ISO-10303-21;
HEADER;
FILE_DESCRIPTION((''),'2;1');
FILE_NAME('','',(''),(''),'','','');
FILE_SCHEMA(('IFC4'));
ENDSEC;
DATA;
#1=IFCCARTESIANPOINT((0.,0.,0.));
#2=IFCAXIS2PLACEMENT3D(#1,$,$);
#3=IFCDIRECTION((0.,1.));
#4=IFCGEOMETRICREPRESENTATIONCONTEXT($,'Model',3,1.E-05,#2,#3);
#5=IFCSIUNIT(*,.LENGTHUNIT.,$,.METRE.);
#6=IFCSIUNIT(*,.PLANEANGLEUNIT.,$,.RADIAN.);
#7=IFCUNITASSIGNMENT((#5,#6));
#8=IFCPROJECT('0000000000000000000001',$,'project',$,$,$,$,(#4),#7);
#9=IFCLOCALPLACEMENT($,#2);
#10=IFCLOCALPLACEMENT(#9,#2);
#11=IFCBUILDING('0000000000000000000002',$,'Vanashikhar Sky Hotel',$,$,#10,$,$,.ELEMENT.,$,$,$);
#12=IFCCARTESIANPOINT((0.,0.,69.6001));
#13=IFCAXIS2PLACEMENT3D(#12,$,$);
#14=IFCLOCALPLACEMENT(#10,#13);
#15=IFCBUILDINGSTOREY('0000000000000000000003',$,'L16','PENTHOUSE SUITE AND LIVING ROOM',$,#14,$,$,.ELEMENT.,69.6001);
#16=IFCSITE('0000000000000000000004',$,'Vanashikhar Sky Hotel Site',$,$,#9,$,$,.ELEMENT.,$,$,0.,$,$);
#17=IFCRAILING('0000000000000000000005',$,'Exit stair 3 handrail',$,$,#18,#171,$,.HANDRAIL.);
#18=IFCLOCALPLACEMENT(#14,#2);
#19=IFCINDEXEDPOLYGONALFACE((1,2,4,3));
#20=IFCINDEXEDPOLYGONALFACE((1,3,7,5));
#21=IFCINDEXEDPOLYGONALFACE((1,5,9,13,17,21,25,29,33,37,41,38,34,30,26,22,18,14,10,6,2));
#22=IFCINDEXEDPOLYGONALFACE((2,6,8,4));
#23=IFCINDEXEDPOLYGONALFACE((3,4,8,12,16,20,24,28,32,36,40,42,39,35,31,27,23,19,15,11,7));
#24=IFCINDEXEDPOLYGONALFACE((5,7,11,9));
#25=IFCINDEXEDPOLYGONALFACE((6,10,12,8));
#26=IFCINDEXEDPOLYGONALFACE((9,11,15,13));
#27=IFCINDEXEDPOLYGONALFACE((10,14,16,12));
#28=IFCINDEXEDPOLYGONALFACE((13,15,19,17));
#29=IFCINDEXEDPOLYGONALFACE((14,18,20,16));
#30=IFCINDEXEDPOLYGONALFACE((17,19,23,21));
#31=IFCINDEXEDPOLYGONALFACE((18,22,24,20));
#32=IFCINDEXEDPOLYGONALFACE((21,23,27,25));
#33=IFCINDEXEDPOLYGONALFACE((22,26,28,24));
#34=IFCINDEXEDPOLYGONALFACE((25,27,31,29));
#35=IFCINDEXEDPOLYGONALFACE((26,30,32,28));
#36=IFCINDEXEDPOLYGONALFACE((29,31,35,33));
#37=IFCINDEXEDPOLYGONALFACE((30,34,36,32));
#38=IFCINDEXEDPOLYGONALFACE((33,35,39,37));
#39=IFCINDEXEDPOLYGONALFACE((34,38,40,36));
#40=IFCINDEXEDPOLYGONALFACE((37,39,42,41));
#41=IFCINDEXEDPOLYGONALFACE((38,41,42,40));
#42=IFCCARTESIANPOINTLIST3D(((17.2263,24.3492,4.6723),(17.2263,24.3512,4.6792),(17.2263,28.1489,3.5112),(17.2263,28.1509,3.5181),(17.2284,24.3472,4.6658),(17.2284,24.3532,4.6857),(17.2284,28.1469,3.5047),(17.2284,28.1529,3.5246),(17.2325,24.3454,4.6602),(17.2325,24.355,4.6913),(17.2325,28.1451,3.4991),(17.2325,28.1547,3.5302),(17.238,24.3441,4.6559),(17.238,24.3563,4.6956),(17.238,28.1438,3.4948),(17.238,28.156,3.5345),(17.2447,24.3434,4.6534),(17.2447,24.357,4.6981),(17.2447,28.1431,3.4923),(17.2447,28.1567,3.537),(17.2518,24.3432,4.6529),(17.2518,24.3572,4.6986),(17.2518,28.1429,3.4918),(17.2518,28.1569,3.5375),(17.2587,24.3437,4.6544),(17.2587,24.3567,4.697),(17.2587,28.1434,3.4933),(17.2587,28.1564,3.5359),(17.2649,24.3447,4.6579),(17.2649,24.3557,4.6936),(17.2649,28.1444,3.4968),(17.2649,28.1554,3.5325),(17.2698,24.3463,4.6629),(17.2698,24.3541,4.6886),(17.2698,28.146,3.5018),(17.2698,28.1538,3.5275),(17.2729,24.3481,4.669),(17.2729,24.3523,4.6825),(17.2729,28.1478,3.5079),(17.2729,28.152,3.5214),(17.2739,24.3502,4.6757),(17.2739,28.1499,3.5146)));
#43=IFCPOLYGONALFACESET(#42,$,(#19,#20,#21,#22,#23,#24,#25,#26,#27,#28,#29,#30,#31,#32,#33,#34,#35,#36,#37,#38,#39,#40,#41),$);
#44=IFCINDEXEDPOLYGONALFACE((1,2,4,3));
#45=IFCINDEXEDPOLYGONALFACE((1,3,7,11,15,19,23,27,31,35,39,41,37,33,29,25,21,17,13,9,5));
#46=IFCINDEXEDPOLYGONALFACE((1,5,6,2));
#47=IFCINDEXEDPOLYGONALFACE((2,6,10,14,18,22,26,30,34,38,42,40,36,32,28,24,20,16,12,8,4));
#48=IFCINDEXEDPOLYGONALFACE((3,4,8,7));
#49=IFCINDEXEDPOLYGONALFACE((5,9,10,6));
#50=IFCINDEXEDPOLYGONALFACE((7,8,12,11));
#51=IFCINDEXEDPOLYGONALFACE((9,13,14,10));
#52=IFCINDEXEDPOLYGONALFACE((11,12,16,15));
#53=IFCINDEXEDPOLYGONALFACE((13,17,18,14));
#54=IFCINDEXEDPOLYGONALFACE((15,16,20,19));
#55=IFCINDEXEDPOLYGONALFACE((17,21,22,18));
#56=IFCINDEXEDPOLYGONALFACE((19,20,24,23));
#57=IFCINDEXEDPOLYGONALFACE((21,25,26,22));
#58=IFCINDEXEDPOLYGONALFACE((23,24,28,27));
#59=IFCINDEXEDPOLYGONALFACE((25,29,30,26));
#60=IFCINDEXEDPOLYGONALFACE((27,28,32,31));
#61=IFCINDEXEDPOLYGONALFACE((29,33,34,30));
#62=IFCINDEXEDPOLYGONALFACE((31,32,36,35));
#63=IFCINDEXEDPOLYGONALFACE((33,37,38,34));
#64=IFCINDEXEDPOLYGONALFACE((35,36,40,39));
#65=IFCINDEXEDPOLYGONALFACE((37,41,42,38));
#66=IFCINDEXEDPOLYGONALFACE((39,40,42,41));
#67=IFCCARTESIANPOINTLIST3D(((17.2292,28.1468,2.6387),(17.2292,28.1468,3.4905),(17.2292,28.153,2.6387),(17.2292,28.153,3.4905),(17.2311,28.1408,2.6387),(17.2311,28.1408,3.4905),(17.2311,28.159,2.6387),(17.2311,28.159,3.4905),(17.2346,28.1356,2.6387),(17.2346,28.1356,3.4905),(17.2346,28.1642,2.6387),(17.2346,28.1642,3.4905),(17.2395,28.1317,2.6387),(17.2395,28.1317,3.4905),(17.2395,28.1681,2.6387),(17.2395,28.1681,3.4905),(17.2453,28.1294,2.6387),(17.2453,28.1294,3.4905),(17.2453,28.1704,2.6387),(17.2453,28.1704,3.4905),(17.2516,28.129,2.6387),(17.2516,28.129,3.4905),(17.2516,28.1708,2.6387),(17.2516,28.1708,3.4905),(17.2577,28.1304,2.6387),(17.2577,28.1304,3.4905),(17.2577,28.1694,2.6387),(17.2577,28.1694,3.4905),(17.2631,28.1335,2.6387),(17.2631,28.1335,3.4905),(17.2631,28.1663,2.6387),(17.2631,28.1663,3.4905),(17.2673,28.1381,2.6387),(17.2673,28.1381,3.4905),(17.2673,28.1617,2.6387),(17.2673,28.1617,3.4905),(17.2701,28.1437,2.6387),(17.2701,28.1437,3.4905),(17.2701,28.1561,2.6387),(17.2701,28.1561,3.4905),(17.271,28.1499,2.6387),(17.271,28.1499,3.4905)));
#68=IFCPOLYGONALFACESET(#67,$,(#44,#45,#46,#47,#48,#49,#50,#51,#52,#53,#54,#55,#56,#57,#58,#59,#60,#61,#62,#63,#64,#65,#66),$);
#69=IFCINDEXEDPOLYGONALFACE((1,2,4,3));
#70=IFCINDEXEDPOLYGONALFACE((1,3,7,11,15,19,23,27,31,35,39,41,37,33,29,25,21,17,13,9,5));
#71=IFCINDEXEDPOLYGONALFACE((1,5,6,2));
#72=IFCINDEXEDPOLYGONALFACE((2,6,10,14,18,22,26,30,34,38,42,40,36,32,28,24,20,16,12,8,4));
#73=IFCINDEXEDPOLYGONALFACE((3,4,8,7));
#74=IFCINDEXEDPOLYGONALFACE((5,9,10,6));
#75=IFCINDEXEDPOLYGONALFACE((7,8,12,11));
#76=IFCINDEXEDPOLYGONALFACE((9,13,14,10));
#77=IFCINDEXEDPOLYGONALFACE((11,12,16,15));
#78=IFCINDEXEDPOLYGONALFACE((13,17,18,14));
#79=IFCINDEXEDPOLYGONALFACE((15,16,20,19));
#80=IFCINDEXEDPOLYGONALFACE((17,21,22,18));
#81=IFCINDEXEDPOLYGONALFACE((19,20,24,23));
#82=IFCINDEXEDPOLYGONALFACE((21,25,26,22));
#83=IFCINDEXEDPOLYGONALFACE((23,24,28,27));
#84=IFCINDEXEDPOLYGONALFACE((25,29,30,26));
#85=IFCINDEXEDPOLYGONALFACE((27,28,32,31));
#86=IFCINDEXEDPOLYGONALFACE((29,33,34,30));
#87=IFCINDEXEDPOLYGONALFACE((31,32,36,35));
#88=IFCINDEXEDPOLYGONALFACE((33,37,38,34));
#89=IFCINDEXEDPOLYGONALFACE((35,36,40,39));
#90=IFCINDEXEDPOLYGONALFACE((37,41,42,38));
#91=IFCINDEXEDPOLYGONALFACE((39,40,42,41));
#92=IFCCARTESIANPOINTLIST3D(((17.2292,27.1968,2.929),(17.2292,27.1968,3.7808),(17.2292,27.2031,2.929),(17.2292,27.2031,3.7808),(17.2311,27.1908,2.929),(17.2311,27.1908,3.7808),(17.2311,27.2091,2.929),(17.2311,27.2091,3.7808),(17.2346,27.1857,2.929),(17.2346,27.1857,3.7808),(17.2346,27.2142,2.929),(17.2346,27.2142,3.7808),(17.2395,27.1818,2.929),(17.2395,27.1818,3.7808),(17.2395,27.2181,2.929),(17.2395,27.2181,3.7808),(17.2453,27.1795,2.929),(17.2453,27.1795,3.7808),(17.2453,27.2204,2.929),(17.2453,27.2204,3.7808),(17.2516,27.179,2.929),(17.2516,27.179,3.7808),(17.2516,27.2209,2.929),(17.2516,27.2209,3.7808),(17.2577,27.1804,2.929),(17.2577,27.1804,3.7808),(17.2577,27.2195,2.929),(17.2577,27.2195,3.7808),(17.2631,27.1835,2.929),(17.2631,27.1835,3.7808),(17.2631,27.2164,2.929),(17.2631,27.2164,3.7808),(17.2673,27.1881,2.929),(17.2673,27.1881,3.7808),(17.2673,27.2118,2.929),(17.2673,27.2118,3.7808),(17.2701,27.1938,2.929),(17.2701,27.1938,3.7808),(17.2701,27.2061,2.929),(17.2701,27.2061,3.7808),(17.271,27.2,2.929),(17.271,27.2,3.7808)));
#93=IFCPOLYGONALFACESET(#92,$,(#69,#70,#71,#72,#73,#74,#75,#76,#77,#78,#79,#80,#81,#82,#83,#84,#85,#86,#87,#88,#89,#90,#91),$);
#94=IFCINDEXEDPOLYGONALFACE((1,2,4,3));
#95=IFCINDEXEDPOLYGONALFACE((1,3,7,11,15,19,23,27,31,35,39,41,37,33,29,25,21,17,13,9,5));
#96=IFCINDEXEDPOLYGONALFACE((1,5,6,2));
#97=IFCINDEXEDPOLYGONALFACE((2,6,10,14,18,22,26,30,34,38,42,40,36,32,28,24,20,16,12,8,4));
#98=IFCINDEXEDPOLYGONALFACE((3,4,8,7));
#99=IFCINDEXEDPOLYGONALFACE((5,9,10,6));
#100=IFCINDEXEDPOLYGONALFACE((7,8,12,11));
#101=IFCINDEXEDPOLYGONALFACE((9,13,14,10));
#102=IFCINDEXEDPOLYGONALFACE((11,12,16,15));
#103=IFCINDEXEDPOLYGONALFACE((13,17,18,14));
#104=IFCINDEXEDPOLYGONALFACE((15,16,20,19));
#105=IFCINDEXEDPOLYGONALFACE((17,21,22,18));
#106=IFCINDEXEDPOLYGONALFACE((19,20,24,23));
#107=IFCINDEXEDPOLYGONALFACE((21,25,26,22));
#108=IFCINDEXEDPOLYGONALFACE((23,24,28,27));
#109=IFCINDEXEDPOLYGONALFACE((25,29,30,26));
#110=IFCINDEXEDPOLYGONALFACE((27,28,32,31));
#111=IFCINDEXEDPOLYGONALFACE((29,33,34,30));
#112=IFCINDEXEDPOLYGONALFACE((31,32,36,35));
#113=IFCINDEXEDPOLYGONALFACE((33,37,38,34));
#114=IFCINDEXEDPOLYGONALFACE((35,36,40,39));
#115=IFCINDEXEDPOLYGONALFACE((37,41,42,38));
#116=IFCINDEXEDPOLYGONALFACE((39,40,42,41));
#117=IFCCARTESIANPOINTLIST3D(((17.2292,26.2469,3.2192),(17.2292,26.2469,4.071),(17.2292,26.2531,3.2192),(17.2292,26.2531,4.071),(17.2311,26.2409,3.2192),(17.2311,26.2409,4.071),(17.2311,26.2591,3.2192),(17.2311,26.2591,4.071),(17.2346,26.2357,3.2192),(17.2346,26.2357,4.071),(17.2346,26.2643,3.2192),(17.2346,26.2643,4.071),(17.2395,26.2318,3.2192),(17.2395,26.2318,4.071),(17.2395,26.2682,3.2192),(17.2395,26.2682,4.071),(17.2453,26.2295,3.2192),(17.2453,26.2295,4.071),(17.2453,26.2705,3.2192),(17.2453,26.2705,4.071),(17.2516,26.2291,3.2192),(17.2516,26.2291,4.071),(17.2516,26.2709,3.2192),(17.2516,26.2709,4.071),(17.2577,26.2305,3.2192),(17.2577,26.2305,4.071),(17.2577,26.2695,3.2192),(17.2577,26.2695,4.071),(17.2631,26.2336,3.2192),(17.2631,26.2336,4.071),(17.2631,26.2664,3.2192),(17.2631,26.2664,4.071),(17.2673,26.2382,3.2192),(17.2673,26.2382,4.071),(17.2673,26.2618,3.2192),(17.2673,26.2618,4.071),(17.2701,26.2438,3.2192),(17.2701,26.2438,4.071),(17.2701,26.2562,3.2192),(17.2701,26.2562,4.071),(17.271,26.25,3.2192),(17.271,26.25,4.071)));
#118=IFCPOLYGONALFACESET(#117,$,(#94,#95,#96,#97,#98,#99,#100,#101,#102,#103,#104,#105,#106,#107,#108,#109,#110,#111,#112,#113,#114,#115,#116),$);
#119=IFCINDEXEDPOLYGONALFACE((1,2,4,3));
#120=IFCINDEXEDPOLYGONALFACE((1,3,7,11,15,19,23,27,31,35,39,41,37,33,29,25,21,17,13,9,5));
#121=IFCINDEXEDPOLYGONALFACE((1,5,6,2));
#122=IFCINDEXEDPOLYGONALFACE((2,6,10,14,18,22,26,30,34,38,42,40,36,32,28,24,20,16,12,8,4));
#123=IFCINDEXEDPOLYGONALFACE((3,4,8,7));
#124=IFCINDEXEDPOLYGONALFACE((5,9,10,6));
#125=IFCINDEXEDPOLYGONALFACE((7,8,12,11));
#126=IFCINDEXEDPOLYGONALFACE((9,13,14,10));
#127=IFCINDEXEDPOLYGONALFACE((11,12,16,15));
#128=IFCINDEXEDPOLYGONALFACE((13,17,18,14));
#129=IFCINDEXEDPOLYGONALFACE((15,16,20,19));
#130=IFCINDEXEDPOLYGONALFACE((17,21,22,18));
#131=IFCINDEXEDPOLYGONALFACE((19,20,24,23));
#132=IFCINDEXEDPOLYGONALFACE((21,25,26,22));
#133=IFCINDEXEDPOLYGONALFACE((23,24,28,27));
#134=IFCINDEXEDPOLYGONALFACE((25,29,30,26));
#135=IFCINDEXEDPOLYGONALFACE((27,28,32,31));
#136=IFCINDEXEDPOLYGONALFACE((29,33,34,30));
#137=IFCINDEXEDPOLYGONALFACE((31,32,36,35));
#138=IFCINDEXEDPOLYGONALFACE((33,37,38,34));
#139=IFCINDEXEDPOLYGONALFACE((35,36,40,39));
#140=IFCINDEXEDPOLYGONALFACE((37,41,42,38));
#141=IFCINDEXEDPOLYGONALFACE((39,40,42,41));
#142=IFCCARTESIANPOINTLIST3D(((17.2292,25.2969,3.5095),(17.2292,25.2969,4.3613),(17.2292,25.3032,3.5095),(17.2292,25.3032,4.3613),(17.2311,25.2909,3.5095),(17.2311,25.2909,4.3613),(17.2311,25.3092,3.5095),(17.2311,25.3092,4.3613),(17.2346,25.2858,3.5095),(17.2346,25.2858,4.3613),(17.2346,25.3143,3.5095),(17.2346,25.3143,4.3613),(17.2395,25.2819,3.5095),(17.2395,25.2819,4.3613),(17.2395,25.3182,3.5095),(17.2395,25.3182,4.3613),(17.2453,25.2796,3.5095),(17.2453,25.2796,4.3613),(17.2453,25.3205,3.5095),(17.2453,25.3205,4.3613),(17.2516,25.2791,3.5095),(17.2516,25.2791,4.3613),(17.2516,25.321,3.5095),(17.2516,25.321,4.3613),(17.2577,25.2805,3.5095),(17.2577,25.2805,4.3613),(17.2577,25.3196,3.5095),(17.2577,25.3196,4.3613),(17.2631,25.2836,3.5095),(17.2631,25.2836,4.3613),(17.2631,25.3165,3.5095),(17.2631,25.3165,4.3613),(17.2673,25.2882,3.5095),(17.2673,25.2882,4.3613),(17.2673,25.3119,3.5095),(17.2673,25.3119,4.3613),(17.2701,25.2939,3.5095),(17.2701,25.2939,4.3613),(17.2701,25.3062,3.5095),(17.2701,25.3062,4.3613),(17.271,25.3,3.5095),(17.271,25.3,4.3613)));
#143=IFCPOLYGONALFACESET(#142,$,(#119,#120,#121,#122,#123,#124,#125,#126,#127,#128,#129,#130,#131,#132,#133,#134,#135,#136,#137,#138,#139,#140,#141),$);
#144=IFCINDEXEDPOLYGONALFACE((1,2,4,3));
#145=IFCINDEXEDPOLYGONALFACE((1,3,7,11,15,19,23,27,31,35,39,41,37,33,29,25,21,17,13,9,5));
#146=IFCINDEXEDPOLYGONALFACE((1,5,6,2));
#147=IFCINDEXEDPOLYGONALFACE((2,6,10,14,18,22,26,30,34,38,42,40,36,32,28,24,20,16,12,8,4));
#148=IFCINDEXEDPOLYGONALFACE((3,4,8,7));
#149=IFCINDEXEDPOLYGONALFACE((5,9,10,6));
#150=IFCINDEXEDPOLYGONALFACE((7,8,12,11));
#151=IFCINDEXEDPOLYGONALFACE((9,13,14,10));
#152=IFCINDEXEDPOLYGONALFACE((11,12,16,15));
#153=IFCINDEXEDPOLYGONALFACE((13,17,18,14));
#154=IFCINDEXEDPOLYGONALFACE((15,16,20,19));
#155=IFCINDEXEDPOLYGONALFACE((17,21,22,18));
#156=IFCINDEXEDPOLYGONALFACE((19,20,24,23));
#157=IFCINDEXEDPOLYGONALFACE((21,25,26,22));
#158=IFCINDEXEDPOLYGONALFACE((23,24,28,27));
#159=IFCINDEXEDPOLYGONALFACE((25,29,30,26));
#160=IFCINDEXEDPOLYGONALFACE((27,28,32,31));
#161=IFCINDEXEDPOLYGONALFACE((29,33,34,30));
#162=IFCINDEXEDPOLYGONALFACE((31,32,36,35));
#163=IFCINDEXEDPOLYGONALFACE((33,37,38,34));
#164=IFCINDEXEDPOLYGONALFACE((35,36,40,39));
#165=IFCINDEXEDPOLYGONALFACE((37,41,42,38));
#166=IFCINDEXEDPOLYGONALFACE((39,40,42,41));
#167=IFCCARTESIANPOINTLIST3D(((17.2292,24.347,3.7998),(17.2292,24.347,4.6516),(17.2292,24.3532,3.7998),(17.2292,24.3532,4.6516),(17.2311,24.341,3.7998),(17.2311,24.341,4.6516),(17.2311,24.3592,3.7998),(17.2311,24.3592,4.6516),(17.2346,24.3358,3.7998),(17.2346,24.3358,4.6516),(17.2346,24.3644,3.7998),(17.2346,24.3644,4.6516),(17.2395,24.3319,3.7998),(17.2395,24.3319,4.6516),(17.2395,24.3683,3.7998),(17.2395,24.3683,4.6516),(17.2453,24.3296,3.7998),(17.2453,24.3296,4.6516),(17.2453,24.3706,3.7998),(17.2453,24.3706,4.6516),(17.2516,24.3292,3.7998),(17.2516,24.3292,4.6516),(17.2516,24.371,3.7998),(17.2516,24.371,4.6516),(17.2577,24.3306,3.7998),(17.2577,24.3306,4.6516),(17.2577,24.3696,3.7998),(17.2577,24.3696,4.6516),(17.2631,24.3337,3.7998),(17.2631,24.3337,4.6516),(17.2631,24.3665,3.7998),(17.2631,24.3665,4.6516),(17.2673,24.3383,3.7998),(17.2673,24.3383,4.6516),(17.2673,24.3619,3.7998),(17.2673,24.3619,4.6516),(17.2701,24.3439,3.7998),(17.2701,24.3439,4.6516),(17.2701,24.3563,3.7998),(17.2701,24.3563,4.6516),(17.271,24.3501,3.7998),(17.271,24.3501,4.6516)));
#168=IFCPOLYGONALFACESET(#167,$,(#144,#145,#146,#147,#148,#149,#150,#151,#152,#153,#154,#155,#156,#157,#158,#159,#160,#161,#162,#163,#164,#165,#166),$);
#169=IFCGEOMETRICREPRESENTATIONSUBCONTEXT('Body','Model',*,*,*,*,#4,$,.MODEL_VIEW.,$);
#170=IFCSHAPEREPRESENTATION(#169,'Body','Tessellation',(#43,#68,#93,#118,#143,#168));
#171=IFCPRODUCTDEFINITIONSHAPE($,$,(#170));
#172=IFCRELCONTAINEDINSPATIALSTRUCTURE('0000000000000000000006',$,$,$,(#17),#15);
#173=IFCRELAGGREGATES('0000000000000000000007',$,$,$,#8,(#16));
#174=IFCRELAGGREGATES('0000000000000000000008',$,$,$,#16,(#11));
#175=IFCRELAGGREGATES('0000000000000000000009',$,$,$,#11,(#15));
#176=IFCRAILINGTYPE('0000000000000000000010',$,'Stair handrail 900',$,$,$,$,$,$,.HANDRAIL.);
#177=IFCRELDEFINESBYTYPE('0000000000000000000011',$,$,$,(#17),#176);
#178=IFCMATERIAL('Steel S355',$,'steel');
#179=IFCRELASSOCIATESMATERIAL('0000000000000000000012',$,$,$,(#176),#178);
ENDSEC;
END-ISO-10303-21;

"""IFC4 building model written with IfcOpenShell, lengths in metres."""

from ifc_helpers import new_model, si_unit, direction, frame, origin, origin_2d, place, context, subcontext, project, spatial, circle, extrude, source, transform, mapped, material, type_object, element, save


model = new_model("IFC4")

# Units and contexts
model_context = context("Model", 3, precision=1e-05, world=origin(), true_north=direction((0.0, 1.0)))
body_context = subcontext(model_context, "Body", "Model", "MODEL_VIEW")
ifc_project = project(units=[si_unit("LENGTHUNIT", "METRE"), si_unit("PLANEANGLEUNIT", "RADIAN")], contexts=[model_context])

# Site, building, storey
site_placement = place(None, origin())
site = spatial("IfcSite", under=ifc_project, at=site_placement, Name="Vanashikhar Sky Hotel Site", CompositionType="ELEMENT", RefElevation=0.0)
building_placement = place(site_placement, origin())
building = spatial("IfcBuilding", under=site, at=building_placement, Name="Vanashikhar Sky Hotel", CompositionType="ELEMENT")
storey_placement = place(building_placement, frame((0.0, 0.0, 69.6001)))
storey = spatial("IfcBuildingStorey", under=building, at=storey_placement, Name="L16", Description="PENTHOUSE SUITE AND LIVING ROOM", CompositionType="ELEMENT", Elevation=69.6001)

# Railing
ifc_material_1 = material(Name="Steel S355", Category="steel")
railing_type_1 = type_object("IfcRailingType", Name="Stair handrail 900", PredefinedType="HANDRAIL", material=ifc_material_1)
shared_shape_1 = source(origin(), body_context, "Body", "SweptSolid", [
    extrude(circle(Radius=0.0239, at=origin_2d()), frame((0.0, 0.0, 0.876), z_axis=(0.0, -0.956346, 0.292237), x_axis=(1.0, 0.0, 0.0)), (0.0, 0.0, 1.0), 3.9731),
    extrude(circle(Radius=0.021, at=origin_2d()), origin(), (0.0, 0.0, 1.0), 0.8518),
    extrude(circle(Radius=0.021, at=origin_2d()), frame((0.0, -0.95, 0.2903)), (0.0, 0.0, 1.0), 0.8518),
    extrude(circle(Radius=0.021, at=origin_2d()), frame((0.0, -1.8999, 0.5806)), (0.0, 0.0, 1.0), 0.8518),
    extrude(circle(Radius=0.021, at=origin_2d()), frame((0.0, -2.8499, 0.8708)), (0.0, 0.0, 1.0), 0.8518),
    extrude(circle(Radius=0.021, at=origin_2d()), frame((0.0, -3.7998, 1.1611)), (0.0, 0.0, 1.0), 0.8518),
])
for number, where, name in (
    (1, (17.25, 28.1499, 2.6387), "Exit stair 3 handrail"),
):
    element("IfcRailing", number, at=place(storey_placement, frame(where)), inside=storey, type_object=railing_type_1, Name=name, PredefinedType="HANDRAIL", context=body_context, shape_type="MappedRepresentation", body=[
        mapped(shared_shape_1, transform((0.0, 0.0, 0.0), scale=1.0)),
    ])

save(model, "model.ifc")
